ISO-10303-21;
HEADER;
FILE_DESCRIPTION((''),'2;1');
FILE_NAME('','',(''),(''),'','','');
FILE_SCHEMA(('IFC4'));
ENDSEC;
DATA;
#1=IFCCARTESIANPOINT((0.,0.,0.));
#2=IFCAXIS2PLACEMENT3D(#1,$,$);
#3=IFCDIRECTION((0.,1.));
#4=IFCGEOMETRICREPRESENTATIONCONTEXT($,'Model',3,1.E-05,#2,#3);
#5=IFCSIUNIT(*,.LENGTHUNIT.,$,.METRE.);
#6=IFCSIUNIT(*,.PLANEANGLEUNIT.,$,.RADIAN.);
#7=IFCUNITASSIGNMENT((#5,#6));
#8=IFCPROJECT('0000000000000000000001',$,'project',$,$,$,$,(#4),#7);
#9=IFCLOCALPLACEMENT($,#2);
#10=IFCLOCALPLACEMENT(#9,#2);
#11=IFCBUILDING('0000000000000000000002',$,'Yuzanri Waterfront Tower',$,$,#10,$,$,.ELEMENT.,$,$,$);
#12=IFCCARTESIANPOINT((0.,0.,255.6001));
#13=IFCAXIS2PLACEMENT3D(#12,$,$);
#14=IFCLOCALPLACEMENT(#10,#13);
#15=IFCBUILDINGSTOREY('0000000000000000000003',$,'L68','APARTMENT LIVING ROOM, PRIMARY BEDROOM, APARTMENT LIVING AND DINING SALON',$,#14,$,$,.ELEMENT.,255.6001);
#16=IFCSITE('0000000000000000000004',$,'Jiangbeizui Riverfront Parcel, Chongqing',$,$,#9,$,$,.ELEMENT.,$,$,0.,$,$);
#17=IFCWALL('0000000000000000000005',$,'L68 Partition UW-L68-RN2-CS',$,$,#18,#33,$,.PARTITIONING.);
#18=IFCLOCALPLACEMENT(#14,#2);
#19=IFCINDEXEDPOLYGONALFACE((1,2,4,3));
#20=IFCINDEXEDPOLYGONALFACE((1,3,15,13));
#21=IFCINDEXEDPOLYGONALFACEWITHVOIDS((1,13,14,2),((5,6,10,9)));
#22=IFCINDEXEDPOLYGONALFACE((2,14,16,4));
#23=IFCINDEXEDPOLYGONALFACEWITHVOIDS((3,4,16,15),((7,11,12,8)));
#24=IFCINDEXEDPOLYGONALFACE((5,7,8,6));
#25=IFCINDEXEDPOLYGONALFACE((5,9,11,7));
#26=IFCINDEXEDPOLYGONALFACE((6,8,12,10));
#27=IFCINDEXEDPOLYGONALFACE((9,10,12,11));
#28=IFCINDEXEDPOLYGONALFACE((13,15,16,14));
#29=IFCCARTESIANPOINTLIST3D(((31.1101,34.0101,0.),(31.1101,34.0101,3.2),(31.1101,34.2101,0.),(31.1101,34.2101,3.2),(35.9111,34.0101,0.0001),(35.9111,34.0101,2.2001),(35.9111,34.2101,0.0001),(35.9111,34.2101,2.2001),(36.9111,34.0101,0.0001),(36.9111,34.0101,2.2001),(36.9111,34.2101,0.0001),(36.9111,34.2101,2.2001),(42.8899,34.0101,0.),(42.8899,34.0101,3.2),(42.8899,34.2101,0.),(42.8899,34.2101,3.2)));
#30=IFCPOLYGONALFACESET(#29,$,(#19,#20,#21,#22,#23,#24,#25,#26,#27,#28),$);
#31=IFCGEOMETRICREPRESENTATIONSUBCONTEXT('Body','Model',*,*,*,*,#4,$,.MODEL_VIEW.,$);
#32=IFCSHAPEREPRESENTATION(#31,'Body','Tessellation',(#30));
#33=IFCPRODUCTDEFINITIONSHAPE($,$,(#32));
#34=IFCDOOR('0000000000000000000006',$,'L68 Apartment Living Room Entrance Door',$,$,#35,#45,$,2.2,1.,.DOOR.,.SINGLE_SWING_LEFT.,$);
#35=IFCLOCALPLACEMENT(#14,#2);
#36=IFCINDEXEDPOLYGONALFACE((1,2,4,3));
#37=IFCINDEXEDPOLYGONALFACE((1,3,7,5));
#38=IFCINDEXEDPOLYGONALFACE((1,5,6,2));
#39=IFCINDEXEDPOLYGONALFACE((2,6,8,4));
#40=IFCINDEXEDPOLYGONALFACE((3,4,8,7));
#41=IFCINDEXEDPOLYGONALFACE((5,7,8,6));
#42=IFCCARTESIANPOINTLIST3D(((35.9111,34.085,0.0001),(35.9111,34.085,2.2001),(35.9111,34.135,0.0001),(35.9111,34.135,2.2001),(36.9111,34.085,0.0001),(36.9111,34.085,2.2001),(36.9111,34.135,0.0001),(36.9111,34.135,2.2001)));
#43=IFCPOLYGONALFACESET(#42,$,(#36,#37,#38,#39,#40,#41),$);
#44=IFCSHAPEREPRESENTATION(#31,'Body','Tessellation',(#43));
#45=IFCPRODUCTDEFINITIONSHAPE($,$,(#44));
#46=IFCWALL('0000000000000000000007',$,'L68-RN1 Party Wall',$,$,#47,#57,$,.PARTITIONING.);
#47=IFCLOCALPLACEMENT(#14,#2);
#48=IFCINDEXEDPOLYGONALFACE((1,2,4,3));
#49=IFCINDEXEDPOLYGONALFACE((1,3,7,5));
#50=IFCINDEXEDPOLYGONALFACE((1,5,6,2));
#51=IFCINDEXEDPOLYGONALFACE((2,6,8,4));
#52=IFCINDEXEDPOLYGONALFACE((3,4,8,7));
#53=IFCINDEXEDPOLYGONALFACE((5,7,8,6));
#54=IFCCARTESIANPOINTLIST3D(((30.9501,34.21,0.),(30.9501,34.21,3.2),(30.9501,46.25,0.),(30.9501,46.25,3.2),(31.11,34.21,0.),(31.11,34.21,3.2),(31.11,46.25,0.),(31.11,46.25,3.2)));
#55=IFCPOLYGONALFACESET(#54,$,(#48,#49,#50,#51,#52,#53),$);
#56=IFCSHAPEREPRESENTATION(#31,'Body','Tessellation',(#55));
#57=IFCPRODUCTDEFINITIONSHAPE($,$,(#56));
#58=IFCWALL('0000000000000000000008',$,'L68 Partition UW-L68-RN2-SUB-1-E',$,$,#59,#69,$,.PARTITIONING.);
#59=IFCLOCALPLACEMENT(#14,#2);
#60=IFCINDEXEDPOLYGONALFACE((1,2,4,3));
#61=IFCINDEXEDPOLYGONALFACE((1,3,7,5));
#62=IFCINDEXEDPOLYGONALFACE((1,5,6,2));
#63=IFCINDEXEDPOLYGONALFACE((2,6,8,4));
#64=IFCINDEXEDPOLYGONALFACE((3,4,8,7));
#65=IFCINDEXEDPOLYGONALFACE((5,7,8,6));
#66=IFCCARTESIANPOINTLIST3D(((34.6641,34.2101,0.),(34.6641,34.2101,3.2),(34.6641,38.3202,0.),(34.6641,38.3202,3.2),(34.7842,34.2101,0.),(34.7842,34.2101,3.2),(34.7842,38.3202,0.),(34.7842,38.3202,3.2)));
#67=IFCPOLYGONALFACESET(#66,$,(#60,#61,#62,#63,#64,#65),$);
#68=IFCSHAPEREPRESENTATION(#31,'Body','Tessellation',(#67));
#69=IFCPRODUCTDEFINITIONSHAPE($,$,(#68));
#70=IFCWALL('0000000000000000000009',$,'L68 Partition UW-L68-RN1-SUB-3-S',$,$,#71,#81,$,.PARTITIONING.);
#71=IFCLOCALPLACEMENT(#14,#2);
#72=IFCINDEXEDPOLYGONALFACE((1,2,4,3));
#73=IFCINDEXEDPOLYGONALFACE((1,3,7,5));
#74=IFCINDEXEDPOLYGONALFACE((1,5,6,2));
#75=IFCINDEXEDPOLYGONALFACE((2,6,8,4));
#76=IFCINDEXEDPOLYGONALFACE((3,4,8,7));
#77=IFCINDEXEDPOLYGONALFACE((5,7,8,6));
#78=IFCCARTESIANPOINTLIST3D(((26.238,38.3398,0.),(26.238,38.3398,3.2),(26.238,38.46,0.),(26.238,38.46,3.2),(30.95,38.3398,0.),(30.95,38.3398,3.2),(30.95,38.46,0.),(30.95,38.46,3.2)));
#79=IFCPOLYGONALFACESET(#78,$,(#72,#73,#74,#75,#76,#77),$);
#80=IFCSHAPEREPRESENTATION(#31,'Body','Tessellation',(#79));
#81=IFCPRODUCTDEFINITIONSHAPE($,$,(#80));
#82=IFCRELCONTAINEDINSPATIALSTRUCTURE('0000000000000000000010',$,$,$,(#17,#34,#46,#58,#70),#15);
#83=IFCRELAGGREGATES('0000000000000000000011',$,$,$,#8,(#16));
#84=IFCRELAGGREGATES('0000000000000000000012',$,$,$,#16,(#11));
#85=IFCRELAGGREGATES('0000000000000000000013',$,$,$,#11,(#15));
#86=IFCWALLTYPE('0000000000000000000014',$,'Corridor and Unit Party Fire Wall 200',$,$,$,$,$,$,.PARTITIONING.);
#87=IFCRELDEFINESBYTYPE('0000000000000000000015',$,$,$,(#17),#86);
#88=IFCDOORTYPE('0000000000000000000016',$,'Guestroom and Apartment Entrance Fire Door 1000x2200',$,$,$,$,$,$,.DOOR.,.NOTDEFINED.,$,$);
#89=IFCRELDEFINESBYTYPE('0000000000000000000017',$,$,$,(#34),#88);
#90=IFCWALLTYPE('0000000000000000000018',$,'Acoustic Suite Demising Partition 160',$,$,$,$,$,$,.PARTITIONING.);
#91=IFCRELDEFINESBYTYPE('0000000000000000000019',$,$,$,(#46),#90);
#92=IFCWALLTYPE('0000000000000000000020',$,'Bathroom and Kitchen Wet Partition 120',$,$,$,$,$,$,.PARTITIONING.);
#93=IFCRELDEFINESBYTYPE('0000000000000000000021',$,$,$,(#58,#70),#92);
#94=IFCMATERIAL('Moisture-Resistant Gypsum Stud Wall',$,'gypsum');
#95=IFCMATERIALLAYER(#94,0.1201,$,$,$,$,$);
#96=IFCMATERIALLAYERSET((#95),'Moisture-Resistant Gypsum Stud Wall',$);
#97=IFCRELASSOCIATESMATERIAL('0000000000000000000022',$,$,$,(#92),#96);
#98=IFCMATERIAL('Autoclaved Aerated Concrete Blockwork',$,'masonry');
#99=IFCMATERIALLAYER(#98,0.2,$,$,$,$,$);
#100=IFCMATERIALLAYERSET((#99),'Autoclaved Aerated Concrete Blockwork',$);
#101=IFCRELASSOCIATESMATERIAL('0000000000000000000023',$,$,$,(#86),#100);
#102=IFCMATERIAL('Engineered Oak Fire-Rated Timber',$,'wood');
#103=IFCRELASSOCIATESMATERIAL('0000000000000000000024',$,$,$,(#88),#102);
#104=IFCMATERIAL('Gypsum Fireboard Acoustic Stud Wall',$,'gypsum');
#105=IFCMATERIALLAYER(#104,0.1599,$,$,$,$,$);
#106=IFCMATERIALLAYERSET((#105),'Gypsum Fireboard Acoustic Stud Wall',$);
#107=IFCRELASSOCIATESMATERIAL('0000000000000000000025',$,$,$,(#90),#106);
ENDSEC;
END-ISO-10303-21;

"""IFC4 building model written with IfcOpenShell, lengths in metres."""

from ifc_helpers import new_model, si_unit, direction, frame, frame_2d, origin, place, context, subcontext, project, spatial, rectangle, extrude, source, transform, mapped, material, layer, layer_set, type_object, element, fill, save


model = new_model("IFC4")

# Units and contexts
model_context = context("Model", 3, precision=1e-05, world=origin(), true_north=direction((0.0, 1.0)))
body_context = subcontext(model_context, "Body", "Model", "MODEL_VIEW")
ifc_project = project(units=[si_unit("LENGTHUNIT", "METRE"), si_unit("PLANEANGLEUNIT", "RADIAN")], contexts=[model_context])

# Site, building, storey
site_placement = place(None, origin())
site = spatial("IfcSite", under=ifc_project, at=site_placement, Name="Jiangbeizui Riverfront Parcel, Chongqing", CompositionType="ELEMENT", RefElevation=0.0)
building_placement = place(site_placement, origin())
building = spatial("IfcBuilding", under=site, at=building_placement, Name="Yuzanri Waterfront Tower", CompositionType="ELEMENT")
storey_placement = place(building_placement, frame((0.0, 0.0, 255.6001)))
storey = spatial("IfcBuildingStorey", under=building, at=storey_placement, Name="L68", Description="APARTMENT LIVING ROOM, PRIMARY BEDROOM, APARTMENT LIVING AND DINING SALON", CompositionType="ELEMENT", Elevation=255.6001)

# Wall, opening, door
ifc_material_1 = material(Name="Moisture-Resistant Gypsum Stud Wall", Category="gypsum")
ifc_layer_1 = layer(ifc_material_1, 0.1201)
ifc_layer_set_1 = layer_set([ifc_layer_1], Name="Moisture-Resistant Gypsum Stud Wall")
wall_type_1 = type_object("IfcWallType", Name="Bathroom and Kitchen Wet Partition 120", PredefinedType="PARTITIONING", material=ifc_layer_set_1)
ifc_material_2 = material(Name="Autoclaved Aerated Concrete Blockwork", Category="masonry")
ifc_layer_2 = layer(ifc_material_2, 0.2)
ifc_layer_set_2 = layer_set([ifc_layer_2], Name="Autoclaved Aerated Concrete Blockwork")
wall_type_2 = type_object("IfcWallType", Name="Corridor and Unit Party Fire Wall 200", PredefinedType="PARTITIONING", material=ifc_layer_set_2)
wall_1_placement = place(storey_placement, frame((31.1101, 34.1101, 0.0), z_axis=(0.0, 0.0, 1.0), x_axis=(1.0, 0.0, 0.0)))
wall_1 = element("IfcWall", 1, at=wall_1_placement, inside=storey, type_object=wall_type_2, Name="L68 Partition UW-L68-RN2-CS", PredefinedType="PARTITIONING", context=body_context, shape_type="SweptSolid", body=[
    extrude(rectangle(XDim=11.7798, YDim=0.2, at=frame_2d((5.8899, 0.0))), origin(), (0.0, 0.0, 1.0), 3.2),
])
opening_1_placement = place(wall_1_placement, frame((4.801, 0.0, 0.0)))
opening_1 = element("IfcOpeningElement", 2, at=opening_1_placement, cuts=wall_1, PredefinedType="OPENING", context=body_context, shape_type="SweptSolid", body=[
    extrude(rectangle(XDim=1.0, YDim=2.2, at=frame_2d((0.5, 1.1001))), frame((0.0, 0.1147, 0.0), z_axis=(0.0, -1.0, 0.0), x_axis=(1.0, 0.0, 0.0)), (0.0, 0.0, 1.0), 0.2297),
])
ifc_material_3 = material(Name="Engineered Oak Fire-Rated Timber", Category="wood")
door_type_1 = type_object("IfcDoorType", Name="Guestroom and Apartment Entrance Fire Door 1000x2200", OperationType="NOTDEFINED", PredefinedType="DOOR", material=ifc_material_3)
shared_shape_1 = source(origin(), body_context, "Body", "SweptSolid", [
    extrude(rectangle(XDim=1.0, YDim=2.2, at=frame_2d((0.5, 1.1001))), frame((0.0, 0.0249, 0.0), z_axis=(0.0, -1.0, 0.0), x_axis=(1.0, 0.0, 0.0)), (0.0, 0.0, 1.0), 0.05),
])
door_1_placement = place(opening_1_placement, origin())
door_1 = element("IfcDoor", 3, at=door_1_placement, inside=storey, type_object=door_type_1, Name="L68 Apartment Living Room Entrance Door", OperationType="SINGLE_SWING_LEFT", OverallHeight=2.2, OverallWidth=1.0, PredefinedType="DOOR", context=body_context, shape_type="MappedRepresentation", body=[
    mapped(shared_shape_1, transform((0.0, 0.0, 0.0), scale=1.0)),
])
fill(opening_1, door_1)

# Walls
ifc_material_4 = material(Name="Gypsum Fireboard Acoustic Stud Wall", Category="gypsum")
ifc_layer_3 = layer(ifc_material_4, 0.1599)
ifc_layer_set_3 = layer_set([ifc_layer_3], Name="Gypsum Fireboard Acoustic Stud Wall")
wall_type_3 = type_object("IfcWallType", Name="Acoustic Suite Demising Partition 160", PredefinedType="PARTITIONING", material=ifc_layer_set_3)
shared_shape_2 = source(origin(), body_context, "Body", "SweptSolid", [
    extrude(rectangle(XDim=12.04, YDim=0.1599, at=frame_2d((6.02, 0.0))), origin(), (0.0, 0.0, 1.0), 3.2),
])
wall_2_placement = place(storey_placement, frame((31.03, 34.21, 0.0), z_axis=(0.0, 0.0, 1.0), x_axis=(0.0, 1.0, 0.0)))
element("IfcWall", 4, at=wall_2_placement, inside=storey, type_object=wall_type_3, Name="L68-RN1 Party Wall", PredefinedType="PARTITIONING", context=body_context, shape_type="MappedRepresentation", body=[
    mapped(shared_shape_2, transform((0.0, 0.0, 0.0), scale=1.0)),
])
shared_shape_3 = source(origin(), body_context, "Body", "SweptSolid", [
    extrude(rectangle(XDim=4.1101, YDim=0.1201, at=frame_2d((2.0552, 0.0))), origin(), (0.0, 0.0, 1.0), 3.2),
])
wall_3_placement = place(storey_placement, frame((34.7241, 34.21, 0.0), z_axis=(0.0, 0.0, 1.0), x_axis=(0.0, 1.0, 0.0)))
element("IfcWall", 5, at=wall_3_placement, inside=storey, type_object=wall_type_1, Name="L68 Partition UW-L68-RN2-SUB-1-E", PredefinedType="PARTITIONING", context=body_context, shape_type="MappedRepresentation", body=[
    mapped(shared_shape_3, transform((0.0, 0.0, 0.0), scale=1.0)),
])
shared_shape_4 = source(origin(), body_context, "Body", "SweptSolid", [
    extrude(rectangle(XDim=4.7119, YDim=0.1201, at=frame_2d((2.356, 0.0))), origin(), (0.0, 0.0, 1.0), 3.2),
])
wall_4_placement = place(storey_placement, frame((26.238, 38.3999, 0.0), z_axis=(0.0, 0.0, 1.0), x_axis=(1.0, 0.0, 0.0)))
element("IfcWall", 6, at=wall_4_placement, inside=storey, type_object=wall_type_1, Name="L68 Partition UW-L68-RN1-SUB-3-S", PredefinedType="PARTITIONING", context=body_context, shape_type="MappedRepresentation", body=[
    mapped(shared_shape_4, transform((0.0, 0.0, 0.0), scale=1.0)),
])

save(model, "model.ifc")
